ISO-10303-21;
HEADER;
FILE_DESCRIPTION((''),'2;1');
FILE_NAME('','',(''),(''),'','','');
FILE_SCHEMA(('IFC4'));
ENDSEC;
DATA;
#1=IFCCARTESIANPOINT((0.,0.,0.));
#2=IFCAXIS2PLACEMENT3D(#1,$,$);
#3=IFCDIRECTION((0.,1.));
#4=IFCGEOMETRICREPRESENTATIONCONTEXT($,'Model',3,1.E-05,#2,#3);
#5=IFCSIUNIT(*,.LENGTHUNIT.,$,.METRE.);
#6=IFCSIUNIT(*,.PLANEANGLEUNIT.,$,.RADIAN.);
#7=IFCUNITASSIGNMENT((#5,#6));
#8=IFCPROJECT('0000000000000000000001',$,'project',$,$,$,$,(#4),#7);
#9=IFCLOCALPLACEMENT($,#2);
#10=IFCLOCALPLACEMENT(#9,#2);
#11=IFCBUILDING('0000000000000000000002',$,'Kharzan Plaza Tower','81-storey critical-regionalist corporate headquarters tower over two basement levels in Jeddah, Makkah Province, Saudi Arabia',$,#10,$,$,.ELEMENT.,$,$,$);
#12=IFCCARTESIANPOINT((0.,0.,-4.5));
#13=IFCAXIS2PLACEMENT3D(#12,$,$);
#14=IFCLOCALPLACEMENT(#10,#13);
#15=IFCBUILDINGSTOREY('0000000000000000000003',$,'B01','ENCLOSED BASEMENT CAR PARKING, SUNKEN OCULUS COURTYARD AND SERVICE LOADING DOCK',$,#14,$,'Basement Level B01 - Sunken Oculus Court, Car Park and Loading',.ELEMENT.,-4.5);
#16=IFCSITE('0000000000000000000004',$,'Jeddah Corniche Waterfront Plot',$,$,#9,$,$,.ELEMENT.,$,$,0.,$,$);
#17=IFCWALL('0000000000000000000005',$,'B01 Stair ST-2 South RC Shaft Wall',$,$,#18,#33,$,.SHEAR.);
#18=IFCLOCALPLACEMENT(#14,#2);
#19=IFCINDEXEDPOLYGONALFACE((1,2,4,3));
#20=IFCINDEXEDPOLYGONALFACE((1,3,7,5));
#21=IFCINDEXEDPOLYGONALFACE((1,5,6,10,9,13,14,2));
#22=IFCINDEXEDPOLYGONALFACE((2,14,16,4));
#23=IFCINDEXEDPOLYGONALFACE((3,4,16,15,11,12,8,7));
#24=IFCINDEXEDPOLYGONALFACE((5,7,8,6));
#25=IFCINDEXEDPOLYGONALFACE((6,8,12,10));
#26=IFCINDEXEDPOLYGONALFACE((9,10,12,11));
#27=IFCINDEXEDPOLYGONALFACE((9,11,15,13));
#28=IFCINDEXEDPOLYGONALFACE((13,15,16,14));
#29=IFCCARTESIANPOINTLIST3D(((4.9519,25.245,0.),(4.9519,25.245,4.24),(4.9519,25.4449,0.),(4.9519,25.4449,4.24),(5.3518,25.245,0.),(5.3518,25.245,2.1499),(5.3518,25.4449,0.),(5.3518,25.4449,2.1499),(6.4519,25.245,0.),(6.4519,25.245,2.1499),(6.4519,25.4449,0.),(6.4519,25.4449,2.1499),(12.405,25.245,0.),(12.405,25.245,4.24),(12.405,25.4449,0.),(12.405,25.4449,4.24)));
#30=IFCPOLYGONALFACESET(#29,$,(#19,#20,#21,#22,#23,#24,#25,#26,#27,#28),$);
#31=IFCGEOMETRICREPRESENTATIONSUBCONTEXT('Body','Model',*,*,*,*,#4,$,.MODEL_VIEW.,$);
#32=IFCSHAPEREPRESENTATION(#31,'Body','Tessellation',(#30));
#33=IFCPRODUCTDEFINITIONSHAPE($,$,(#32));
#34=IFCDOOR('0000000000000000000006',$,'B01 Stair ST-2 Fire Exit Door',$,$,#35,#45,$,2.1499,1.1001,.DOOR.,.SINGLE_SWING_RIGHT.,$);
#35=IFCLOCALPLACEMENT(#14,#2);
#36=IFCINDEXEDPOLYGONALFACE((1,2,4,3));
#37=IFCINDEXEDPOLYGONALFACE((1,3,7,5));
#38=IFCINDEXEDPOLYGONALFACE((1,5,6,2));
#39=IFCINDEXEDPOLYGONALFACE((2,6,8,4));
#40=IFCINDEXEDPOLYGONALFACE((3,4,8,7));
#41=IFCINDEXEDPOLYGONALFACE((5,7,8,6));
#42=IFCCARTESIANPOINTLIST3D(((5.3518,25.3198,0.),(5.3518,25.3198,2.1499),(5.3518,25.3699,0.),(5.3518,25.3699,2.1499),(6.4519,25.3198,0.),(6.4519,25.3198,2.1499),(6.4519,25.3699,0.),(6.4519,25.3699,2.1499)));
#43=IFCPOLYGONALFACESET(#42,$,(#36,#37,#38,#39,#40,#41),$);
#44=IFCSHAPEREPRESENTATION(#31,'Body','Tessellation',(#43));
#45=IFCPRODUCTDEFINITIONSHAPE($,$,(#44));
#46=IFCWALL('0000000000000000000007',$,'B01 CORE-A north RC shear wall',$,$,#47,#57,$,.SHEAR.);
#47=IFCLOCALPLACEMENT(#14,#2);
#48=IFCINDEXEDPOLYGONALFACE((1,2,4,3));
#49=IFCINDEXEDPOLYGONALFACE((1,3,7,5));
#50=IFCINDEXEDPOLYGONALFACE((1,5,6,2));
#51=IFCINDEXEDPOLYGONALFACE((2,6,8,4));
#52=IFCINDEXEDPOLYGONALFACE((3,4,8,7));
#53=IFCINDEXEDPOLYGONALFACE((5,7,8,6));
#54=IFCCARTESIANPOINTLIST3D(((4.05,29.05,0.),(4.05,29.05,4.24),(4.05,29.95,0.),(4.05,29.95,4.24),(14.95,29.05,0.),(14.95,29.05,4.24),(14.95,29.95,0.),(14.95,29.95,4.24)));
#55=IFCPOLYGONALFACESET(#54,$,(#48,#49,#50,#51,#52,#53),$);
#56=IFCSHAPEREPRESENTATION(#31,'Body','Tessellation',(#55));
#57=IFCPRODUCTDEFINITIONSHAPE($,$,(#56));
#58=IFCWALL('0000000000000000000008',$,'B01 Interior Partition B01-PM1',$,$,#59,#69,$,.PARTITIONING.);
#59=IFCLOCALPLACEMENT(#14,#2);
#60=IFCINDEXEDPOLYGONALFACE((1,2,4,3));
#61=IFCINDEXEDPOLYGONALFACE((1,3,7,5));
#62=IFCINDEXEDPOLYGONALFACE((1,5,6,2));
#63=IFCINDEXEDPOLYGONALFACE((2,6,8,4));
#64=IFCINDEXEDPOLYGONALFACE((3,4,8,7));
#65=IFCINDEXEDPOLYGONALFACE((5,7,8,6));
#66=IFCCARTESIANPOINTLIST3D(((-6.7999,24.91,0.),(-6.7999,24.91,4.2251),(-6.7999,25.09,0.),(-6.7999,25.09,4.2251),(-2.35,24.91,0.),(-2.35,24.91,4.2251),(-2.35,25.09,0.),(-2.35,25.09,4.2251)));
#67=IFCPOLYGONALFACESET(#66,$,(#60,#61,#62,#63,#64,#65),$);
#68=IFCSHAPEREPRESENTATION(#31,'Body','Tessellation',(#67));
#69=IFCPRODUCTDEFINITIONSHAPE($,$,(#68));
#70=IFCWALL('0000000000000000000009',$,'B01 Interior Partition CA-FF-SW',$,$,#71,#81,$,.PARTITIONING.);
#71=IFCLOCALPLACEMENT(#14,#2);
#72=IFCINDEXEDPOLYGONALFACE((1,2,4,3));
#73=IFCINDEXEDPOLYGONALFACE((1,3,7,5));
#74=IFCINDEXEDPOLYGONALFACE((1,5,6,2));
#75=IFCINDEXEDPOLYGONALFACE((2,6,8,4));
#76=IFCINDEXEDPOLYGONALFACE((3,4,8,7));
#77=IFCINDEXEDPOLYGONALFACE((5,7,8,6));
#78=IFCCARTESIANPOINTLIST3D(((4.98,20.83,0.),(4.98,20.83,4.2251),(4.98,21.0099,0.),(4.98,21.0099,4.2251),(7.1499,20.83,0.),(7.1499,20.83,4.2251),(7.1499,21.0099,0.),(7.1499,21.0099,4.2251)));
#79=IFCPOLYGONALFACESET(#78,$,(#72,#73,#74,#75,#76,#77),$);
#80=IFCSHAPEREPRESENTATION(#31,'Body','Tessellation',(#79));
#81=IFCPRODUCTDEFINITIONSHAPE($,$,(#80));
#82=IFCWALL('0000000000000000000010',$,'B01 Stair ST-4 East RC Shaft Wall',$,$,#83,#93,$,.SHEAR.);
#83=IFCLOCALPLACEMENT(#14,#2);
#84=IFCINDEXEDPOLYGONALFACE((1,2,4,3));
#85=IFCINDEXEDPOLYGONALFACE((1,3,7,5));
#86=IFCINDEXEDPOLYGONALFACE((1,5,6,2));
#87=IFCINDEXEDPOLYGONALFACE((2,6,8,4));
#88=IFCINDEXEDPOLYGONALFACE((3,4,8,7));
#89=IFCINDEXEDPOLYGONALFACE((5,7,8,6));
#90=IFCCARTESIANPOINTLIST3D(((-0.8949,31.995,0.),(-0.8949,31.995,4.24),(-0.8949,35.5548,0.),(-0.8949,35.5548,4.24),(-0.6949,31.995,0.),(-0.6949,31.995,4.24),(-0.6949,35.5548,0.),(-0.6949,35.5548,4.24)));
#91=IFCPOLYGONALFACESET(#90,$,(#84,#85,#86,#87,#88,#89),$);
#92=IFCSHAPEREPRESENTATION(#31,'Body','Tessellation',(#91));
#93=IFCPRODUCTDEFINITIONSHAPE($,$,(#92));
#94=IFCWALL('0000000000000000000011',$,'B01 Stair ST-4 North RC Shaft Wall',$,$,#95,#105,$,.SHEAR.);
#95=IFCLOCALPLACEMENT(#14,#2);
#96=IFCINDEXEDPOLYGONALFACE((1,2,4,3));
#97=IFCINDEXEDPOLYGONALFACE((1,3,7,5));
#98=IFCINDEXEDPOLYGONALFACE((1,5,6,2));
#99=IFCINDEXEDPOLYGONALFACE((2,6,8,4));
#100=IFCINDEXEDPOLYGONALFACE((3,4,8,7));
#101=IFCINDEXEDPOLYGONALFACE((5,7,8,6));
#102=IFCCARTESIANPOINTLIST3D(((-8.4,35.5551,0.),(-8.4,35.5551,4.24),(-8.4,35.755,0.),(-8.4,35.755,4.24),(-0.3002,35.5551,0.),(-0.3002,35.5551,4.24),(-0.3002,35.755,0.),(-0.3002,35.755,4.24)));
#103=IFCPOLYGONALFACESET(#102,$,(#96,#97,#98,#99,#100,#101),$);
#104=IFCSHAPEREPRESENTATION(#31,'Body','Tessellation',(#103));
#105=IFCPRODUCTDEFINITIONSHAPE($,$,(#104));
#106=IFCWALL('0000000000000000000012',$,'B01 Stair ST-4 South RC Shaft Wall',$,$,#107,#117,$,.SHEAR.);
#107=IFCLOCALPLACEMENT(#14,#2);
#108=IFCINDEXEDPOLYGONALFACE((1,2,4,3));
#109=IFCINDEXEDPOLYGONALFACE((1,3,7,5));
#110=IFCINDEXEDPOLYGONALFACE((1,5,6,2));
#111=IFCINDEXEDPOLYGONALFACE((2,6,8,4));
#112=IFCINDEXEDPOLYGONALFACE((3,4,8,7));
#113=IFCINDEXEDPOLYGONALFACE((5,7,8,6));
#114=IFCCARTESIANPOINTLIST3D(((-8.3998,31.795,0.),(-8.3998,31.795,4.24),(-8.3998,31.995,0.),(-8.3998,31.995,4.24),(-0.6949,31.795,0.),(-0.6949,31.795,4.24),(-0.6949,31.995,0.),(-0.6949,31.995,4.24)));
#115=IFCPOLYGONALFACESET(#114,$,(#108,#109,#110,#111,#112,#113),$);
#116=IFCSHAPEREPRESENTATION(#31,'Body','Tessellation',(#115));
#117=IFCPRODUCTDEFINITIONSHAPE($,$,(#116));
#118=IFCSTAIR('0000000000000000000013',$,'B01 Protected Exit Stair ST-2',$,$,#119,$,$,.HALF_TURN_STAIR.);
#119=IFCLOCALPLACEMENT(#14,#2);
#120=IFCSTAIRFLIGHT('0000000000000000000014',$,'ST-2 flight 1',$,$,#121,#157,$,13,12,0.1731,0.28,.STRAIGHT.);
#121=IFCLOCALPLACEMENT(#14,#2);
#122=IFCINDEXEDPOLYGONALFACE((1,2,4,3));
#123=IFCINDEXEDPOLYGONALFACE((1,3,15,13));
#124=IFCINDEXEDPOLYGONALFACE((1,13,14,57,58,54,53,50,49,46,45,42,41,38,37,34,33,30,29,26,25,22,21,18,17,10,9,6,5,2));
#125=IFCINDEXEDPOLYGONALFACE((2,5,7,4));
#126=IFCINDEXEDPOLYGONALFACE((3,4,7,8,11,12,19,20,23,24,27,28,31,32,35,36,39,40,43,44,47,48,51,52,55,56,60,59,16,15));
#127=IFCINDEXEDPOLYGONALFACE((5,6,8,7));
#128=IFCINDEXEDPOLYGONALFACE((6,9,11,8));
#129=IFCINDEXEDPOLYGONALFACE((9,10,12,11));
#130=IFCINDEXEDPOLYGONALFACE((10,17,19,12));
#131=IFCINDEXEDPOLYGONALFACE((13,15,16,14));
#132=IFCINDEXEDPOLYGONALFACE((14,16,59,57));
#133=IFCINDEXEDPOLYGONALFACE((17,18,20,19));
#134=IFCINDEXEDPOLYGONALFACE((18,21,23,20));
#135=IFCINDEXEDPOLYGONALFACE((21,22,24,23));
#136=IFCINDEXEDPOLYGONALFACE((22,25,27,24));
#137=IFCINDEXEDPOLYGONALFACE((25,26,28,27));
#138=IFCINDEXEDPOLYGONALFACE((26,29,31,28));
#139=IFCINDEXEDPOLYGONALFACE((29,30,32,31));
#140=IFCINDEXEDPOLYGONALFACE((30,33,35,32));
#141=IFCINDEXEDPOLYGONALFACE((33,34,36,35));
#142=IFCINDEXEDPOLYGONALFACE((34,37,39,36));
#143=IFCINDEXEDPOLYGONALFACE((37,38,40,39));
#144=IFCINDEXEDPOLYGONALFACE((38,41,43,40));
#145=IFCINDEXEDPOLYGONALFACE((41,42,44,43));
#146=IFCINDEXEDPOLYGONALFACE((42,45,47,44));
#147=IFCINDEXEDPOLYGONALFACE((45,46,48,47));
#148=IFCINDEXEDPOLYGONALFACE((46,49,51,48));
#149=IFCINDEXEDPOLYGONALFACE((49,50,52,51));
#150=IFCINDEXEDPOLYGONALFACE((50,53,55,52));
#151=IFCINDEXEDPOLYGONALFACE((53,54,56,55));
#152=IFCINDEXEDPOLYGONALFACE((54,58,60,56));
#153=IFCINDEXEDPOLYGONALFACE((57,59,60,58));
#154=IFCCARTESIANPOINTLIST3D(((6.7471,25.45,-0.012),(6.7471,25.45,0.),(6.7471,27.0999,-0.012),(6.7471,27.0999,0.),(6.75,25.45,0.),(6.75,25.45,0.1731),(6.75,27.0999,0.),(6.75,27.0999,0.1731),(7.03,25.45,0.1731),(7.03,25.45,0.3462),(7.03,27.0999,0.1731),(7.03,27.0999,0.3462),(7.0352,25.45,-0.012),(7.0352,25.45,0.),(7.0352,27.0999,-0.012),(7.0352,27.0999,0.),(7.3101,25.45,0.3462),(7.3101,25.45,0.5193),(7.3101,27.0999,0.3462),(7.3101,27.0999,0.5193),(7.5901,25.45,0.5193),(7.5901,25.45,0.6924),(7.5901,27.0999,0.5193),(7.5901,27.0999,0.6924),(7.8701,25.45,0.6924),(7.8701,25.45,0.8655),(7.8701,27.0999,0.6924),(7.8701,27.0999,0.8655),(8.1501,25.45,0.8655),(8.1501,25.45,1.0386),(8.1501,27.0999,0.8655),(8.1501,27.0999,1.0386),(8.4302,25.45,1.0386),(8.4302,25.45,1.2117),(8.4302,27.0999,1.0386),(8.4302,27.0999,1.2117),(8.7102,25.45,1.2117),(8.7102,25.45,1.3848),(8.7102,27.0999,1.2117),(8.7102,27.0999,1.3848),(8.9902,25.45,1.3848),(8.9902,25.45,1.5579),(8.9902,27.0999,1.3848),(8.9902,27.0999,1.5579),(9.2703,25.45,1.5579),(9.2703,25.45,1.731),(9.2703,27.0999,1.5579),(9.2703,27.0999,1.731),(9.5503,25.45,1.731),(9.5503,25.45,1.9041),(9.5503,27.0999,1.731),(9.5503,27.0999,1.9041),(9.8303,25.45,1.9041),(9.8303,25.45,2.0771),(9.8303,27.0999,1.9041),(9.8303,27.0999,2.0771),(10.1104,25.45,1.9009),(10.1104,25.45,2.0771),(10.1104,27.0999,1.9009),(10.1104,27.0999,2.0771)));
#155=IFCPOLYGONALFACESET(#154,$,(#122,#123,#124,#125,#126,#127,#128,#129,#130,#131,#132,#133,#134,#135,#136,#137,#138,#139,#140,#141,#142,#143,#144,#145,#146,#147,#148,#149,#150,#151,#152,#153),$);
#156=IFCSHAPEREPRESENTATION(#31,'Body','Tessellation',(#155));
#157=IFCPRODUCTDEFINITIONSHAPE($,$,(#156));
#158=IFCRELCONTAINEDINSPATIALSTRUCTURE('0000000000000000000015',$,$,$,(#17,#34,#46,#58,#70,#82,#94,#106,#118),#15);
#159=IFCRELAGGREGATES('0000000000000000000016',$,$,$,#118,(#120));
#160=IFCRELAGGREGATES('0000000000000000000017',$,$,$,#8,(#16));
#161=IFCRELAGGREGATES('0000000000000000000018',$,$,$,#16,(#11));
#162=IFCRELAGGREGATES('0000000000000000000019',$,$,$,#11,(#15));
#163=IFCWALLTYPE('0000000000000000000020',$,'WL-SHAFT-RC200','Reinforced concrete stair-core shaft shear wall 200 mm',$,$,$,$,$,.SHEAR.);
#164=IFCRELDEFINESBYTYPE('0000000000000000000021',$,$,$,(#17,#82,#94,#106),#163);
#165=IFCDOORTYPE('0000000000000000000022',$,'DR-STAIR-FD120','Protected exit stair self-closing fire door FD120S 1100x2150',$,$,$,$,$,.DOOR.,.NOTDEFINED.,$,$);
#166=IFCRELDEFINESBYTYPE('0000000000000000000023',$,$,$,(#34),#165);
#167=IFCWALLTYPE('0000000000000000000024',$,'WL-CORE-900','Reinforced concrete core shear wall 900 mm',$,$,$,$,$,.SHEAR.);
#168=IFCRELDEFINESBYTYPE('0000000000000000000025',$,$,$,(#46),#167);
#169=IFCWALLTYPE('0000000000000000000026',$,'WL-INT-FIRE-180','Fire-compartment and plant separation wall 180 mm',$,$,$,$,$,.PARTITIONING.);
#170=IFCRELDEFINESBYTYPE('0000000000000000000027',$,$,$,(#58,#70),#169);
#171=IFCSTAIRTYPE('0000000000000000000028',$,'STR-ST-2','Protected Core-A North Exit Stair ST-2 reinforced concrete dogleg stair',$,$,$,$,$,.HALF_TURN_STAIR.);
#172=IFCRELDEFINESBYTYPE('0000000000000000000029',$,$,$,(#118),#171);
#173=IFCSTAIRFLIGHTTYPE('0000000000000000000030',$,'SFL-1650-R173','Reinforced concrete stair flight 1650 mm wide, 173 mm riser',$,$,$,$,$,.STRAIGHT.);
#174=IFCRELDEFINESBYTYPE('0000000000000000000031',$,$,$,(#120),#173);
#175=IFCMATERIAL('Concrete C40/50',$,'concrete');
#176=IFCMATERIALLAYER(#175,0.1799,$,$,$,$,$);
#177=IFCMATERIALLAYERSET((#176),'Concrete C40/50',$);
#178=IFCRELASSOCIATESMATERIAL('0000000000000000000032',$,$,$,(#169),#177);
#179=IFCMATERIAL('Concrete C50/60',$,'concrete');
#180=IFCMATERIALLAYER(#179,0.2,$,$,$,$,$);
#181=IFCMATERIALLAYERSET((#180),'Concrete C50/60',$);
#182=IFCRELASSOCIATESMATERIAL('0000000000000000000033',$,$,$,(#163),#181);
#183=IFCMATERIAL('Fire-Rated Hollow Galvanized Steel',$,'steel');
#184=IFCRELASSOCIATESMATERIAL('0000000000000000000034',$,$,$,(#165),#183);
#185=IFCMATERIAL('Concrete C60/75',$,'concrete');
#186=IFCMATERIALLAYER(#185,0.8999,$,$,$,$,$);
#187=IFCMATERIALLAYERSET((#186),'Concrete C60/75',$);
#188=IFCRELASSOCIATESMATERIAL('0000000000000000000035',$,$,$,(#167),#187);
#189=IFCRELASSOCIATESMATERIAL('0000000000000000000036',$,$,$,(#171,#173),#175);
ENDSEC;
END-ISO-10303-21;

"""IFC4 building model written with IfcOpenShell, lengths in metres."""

from ifc_helpers import new_model, si_unit, direction, frame, frame_2d, origin, place, context, subcontext, project, spatial, polyline, rectangle, outline, extrude, source, transform, mapped, material, layer, layer_set, type_object, element, fill, aggregate, save


model = new_model("IFC4")

# Units and contexts
model_context = context("Model", 3, precision=1e-05, world=origin(), true_north=direction((0.0, 1.0)))
body_context = subcontext(model_context, "Body", "Model", "MODEL_VIEW")
ifc_project = project(units=[si_unit("LENGTHUNIT", "METRE"), si_unit("PLANEANGLEUNIT", "RADIAN")], contexts=[model_context])

# Site, building, storey
site_placement = place(None, origin())
site = spatial("IfcSite", under=ifc_project, at=site_placement, Name="Jeddah Corniche Waterfront Plot", CompositionType="ELEMENT", RefElevation=0.0)
building_placement = place(site_placement, origin())
building = spatial("IfcBuilding", under=site, at=building_placement, Name="Kharzan Plaza Tower", Description="81-storey critical-regionalist corporate headquarters tower over two basement levels in Jeddah, Makkah Province, Saudi Arabia", CompositionType="ELEMENT")
storey_placement = place(building_placement, frame((0.0, 0.0, -4.5)))
storey = spatial("IfcBuildingStorey", under=building, at=storey_placement, Name="B01", Description="ENCLOSED BASEMENT CAR PARKING, SUNKEN OCULUS COURTYARD AND SERVICE LOADING DOCK", LongName="Basement Level B01 - Sunken Oculus Court, Car Park and Loading", CompositionType="ELEMENT", Elevation=-4.5)

# Shared definitions
ifc_material_1 = material(Name="Concrete C60/75", Category="concrete")

# Wall, opening, door
ifc_material_2 = material(Name="Concrete C40/50", Category="concrete")
ifc_layer_1 = layer(ifc_material_2, 0.1799)
ifc_layer_set_1 = layer_set([ifc_layer_1], Name="Concrete C40/50")
wall_type_1 = type_object("IfcWallType", Name="WL-INT-FIRE-180", Description="Fire-compartment and plant separation wall 180 mm", PredefinedType="PARTITIONING", material=ifc_layer_set_1)
ifc_material_3 = material(Name="Concrete C50/60", Category="concrete")
ifc_layer_2 = layer(ifc_material_3, 0.2)
ifc_layer_set_2 = layer_set([ifc_layer_2], Name="Concrete C50/60")
wall_type_2 = type_object("IfcWallType", Name="WL-SHAFT-RC200", Description="Reinforced concrete stair-core shaft shear wall 200 mm", PredefinedType="SHEAR", material=ifc_layer_set_2)
wall_1_placement = place(storey_placement, frame((4.9519, 25.345, 0.0), z_axis=(0.0, 0.0, 1.0), x_axis=(1.0, 0.0, 0.0)))
wall_1 = element("IfcWall", 1, at=wall_1_placement, inside=storey, type_object=wall_type_2, Name="B01 Stair ST-2 South RC Shaft Wall", PredefinedType="SHEAR", context=body_context, shape_type="SweptSolid", body=[
    extrude(rectangle(XDim=7.4531, YDim=0.2, at=frame_2d((3.7266, 0.0))), origin(), (0.0, 0.0, 1.0), 4.24),
])
opening_1_placement = place(wall_1_placement, frame((0.3999, 0.0, 0.0)))
opening_1 = element("IfcOpeningElement", 2, at=opening_1_placement, cuts=wall_1, PredefinedType="OPENING", context=body_context, shape_type="SweptSolid", body=[
    extrude(rectangle(XDim=1.1001, YDim=2.1499, at=frame_2d((0.55, 1.075))), frame((0.0, 0.1099, 0.0), z_axis=(0.0, -1.0, 0.0), x_axis=(1.0, 0.0, 0.0)), (0.0, 0.0, 1.0), 0.22),
])
ifc_material_4 = material(Name="Fire-Rated Hollow Galvanized Steel", Category="steel")
door_type_1 = type_object("IfcDoorType", Name="DR-STAIR-FD120", Description="Protected exit stair self-closing fire door FD120S 1100x2150", OperationType="NOTDEFINED", PredefinedType="DOOR", material=ifc_material_4)
shared_shape_1 = source(origin(), body_context, "Body", "SweptSolid", [
    extrude(rectangle(XDim=1.1001, YDim=2.1499, at=frame_2d((0.55, 1.075))), frame((0.0, 0.0249, 0.0), z_axis=(0.0, -1.0, 0.0), x_axis=(1.0, 0.0, 0.0)), (0.0, 0.0, 1.0), 0.05),
])
door_1_placement = place(opening_1_placement, origin())
door_1 = element("IfcDoor", 3, at=door_1_placement, inside=storey, type_object=door_type_1, Name="B01 Stair ST-2 Fire Exit Door", OperationType="SINGLE_SWING_RIGHT", OverallHeight=2.1499, OverallWidth=1.1001, PredefinedType="DOOR", context=body_context, shape_type="MappedRepresentation", body=[
    mapped(shared_shape_1, transform((0.0, 0.0, 0.0), x_axis=(1.0, 0.0, 0.0), y_axis=(0.0, 1.0, 0.0), z_axis=(0.0, 0.0, 1.0))),
])
fill(opening_1, door_1)

# Walls
ifc_layer_3 = layer(ifc_material_1, 0.8999)
ifc_layer_set_3 = layer_set([ifc_layer_3], Name="Concrete C60/75")
wall_type_3 = type_object("IfcWallType", Name="WL-CORE-900", Description="Reinforced concrete core shear wall 900 mm", PredefinedType="SHEAR", material=ifc_layer_set_3)
shared_shape_2 = source(origin(), body_context, "Body", "SweptSolid", [
    extrude(rectangle(XDim=10.8999, YDim=0.8999, at=frame_2d((5.45, 0.0))), origin(), (0.0, 0.0, 1.0), 4.24),
])
wall_2_placement = place(storey_placement, frame((4.05, 29.5, 0.0), z_axis=(0.0, 0.0, 1.0), x_axis=(1.0, 0.0, 0.0)))
element("IfcWall", 4, at=wall_2_placement, inside=storey, type_object=wall_type_3, Name="B01 CORE-A north RC shear wall", PredefinedType="SHEAR", context=body_context, shape_type="MappedRepresentation", body=[
    mapped(shared_shape_2, transform((0.0, 0.0, 0.0), x_axis=(1.0, 0.0, 0.0), y_axis=(0.0, 1.0, 0.0), z_axis=(0.0, 0.0, 1.0))),
])
shared_shape_3 = source(origin(), body_context, "Body", "SweptSolid", [
    extrude(rectangle(XDim=4.45, YDim=0.1799, at=frame_2d((2.2251, 0.0))), origin(), (0.0, 0.0, 1.0), 4.2251),
])
wall_3_placement = place(storey_placement, frame((-6.8, 25.0, 0.0), z_axis=(0.0, 0.0, 1.0), x_axis=(1.0, 0.0, 0.0)))
element("IfcWall", 5, at=wall_3_placement, inside=storey, type_object=wall_type_1, Name="B01 Interior Partition B01-PM1", PredefinedType="PARTITIONING", context=body_context, shape_type="MappedRepresentation", body=[
    mapped(shared_shape_3, transform((0.0, 0.0, 0.0), x_axis=(1.0, 0.0, 0.0), y_axis=(0.0, 1.0, 0.0), z_axis=(0.0, 0.0, 1.0))),
])
shared_shape_4 = source(origin(), body_context, "Body", "SweptSolid", [
    extrude(rectangle(XDim=2.1699, YDim=0.1799, at=frame_2d((1.085, 0.0))), origin(), (0.0, 0.0, 1.0), 4.2251),
])
wall_4_placement = place(storey_placement, frame((4.98, 20.9199, 0.0), z_axis=(0.0, 0.0, 1.0), x_axis=(1.0, 0.0, 0.0)))
element("IfcWall", 6, at=wall_4_placement, inside=storey, type_object=wall_type_1, Name="B01 Interior Partition CA-FF-SW", PredefinedType="PARTITIONING", context=body_context, shape_type="MappedRepresentation", body=[
    mapped(shared_shape_4, transform((0.0, 0.0, 0.0), x_axis=(1.0, 0.0, 0.0), y_axis=(0.0, 1.0, 0.0), z_axis=(0.0, 0.0, 1.0))),
])
shared_shape_5 = source(origin(), body_context, "Body", "SweptSolid", [
    extrude(rectangle(XDim=3.5598, YDim=0.2, at=frame_2d((1.7798, 0.0))), origin(), (0.0, 0.0, 1.0), 4.24),
])
wall_5_placement = place(storey_placement, frame((-0.7949, 31.9951, 0.0), z_axis=(0.0, 0.0, 1.0), x_axis=(0.0, 1.0, 0.0)))
element("IfcWall", 7, at=wall_5_placement, inside=storey, type_object=wall_type_2, Name="B01 Stair ST-4 East RC Shaft Wall", PredefinedType="SHEAR", context=body_context, shape_type="MappedRepresentation", body=[
    mapped(shared_shape_5, transform((0.0, 0.0, 0.0), x_axis=(1.0, 0.0, 0.0), y_axis=(0.0, 1.0, 0.0), z_axis=(0.0, 0.0, 1.0))),
])
shared_shape_6 = source(origin(), body_context, "Body", "SweptSolid", [
    extrude(rectangle(XDim=8.0999, YDim=0.2, at=frame_2d((4.0498, 0.0))), origin(), (0.0, 0.0, 1.0), 4.24),
])
wall_6_placement = place(storey_placement, frame((-8.3999, 35.655, 0.0), z_axis=(0.0, 0.0, 1.0), x_axis=(1.0, 0.0, 0.0)))
element("IfcWall", 8, at=wall_6_placement, inside=storey, type_object=wall_type_2, Name="B01 Stair ST-4 North RC Shaft Wall", PredefinedType="SHEAR", context=body_context, shape_type="MappedRepresentation", body=[
    mapped(shared_shape_6, transform((0.0, 0.0, 0.0), x_axis=(1.0, 0.0, 0.0), y_axis=(0.0, 1.0, 0.0), z_axis=(0.0, 0.0, 1.0))),
])
shared_shape_7 = source(origin(), body_context, "Body", "SweptSolid", [
    extrude(rectangle(XDim=7.7048, YDim=0.2, at=frame_2d((3.8525, 0.0))), origin(), (0.0, 0.0, 1.0), 4.24),
])
wall_7_placement = place(storey_placement, frame((-8.3999, 31.895, 0.0), z_axis=(0.0, 0.0, 1.0), x_axis=(1.0, 0.0, 0.0)))
element("IfcWall", 9, at=wall_7_placement, inside=storey, type_object=wall_type_2, Name="B01 Stair ST-4 South RC Shaft Wall", PredefinedType="SHEAR", context=body_context, shape_type="MappedRepresentation", body=[
    mapped(shared_shape_7, transform((0.0, 0.0, 0.0), x_axis=(1.0, 0.0, 0.0), y_axis=(0.0, 1.0, 0.0), z_axis=(0.0, 0.0, 1.0))),
])

# Stair, stair flight
stair_type = type_object("IfcStairType", Name="STR-ST-2", Description="Protected Core-A North Exit Stair ST-2 reinforced concrete dogleg stair", PredefinedType="HALF_TURN_STAIR", material=ifc_material_2)
stair_placement = place(storey_placement, origin())
stair = element("IfcStair", 10, at=stair_placement, inside=storey, type_object=stair_type, Name="B01 Protected Exit Stair ST-2", PredefinedType="HALF_TURN_STAIR")
stair_flight_type = type_object("IfcStairFlightType", Name="SFL-1650-R173", Description="Reinforced concrete stair flight 1650 mm wide, 173 mm riser", PredefinedType="STRAIGHT", material=ifc_material_2)
shared_shape_8 = source(origin(), body_context, "Body", "SweptSolid", [
    extrude(outline(polyline([(-0.0029, -0.012), (-0.0029, 0.0), (0.0, 0.0), (0.0, 0.1731), (0.28, 0.1731), (0.28, 0.3462), (0.5601, 0.3462), (0.5601, 0.5193), (0.8401, 0.5193), (0.8401, 0.6924), (1.1201, 0.6924), (1.1201, 0.8655), (1.4001, 0.8655), (1.4001, 1.0386), (1.6802, 1.0386), (1.6802, 1.2117), (1.9602, 1.2117), (1.9602, 1.3848), (2.2402, 1.3848), (2.2402, 1.5579), (2.5203, 1.5579), (2.5203, 1.731), (2.8003, 1.731), (2.8003, 1.9041), (3.0803, 1.9041), (3.0803, 2.0771), (3.3604, 2.0771), (3.3604, 2.2502), (3.3604, 1.9009), (0.2852, 0.0), (0.2852, -0.012), (-0.0029, -0.012)])), frame((0.0, 0.825, 0.0), z_axis=(0.0, -1.0, 0.0), x_axis=(1.0, 0.0, 0.0)), (0.0, 0.0, 1.0), 1.6499),
])
stair_flight_placement = place(storey_placement, frame((6.75, 26.2749, 0.0), z_axis=(0.0, 0.0, 1.0), x_axis=(1.0, 0.0, 0.0)))
stair_flight = element("IfcStairFlight", 11, at=stair_flight_placement, type_object=stair_flight_type, Name="ST-2 flight 1", NumberOfRisers=13, NumberOfTreads=12, PredefinedType="STRAIGHT", RiserHeight=0.1731, TreadLength=0.28, context=body_context, shape_type="MappedRepresentation", body=[
    mapped(shared_shape_8, transform((0.0, 0.0, 0.0), x_axis=(1.0, 0.0, 0.0), y_axis=(0.0, 1.0, 0.0), z_axis=(0.0, 0.0, 1.0))),
])
aggregate(stair, [stair_flight])

save(model, "model.ifc")
